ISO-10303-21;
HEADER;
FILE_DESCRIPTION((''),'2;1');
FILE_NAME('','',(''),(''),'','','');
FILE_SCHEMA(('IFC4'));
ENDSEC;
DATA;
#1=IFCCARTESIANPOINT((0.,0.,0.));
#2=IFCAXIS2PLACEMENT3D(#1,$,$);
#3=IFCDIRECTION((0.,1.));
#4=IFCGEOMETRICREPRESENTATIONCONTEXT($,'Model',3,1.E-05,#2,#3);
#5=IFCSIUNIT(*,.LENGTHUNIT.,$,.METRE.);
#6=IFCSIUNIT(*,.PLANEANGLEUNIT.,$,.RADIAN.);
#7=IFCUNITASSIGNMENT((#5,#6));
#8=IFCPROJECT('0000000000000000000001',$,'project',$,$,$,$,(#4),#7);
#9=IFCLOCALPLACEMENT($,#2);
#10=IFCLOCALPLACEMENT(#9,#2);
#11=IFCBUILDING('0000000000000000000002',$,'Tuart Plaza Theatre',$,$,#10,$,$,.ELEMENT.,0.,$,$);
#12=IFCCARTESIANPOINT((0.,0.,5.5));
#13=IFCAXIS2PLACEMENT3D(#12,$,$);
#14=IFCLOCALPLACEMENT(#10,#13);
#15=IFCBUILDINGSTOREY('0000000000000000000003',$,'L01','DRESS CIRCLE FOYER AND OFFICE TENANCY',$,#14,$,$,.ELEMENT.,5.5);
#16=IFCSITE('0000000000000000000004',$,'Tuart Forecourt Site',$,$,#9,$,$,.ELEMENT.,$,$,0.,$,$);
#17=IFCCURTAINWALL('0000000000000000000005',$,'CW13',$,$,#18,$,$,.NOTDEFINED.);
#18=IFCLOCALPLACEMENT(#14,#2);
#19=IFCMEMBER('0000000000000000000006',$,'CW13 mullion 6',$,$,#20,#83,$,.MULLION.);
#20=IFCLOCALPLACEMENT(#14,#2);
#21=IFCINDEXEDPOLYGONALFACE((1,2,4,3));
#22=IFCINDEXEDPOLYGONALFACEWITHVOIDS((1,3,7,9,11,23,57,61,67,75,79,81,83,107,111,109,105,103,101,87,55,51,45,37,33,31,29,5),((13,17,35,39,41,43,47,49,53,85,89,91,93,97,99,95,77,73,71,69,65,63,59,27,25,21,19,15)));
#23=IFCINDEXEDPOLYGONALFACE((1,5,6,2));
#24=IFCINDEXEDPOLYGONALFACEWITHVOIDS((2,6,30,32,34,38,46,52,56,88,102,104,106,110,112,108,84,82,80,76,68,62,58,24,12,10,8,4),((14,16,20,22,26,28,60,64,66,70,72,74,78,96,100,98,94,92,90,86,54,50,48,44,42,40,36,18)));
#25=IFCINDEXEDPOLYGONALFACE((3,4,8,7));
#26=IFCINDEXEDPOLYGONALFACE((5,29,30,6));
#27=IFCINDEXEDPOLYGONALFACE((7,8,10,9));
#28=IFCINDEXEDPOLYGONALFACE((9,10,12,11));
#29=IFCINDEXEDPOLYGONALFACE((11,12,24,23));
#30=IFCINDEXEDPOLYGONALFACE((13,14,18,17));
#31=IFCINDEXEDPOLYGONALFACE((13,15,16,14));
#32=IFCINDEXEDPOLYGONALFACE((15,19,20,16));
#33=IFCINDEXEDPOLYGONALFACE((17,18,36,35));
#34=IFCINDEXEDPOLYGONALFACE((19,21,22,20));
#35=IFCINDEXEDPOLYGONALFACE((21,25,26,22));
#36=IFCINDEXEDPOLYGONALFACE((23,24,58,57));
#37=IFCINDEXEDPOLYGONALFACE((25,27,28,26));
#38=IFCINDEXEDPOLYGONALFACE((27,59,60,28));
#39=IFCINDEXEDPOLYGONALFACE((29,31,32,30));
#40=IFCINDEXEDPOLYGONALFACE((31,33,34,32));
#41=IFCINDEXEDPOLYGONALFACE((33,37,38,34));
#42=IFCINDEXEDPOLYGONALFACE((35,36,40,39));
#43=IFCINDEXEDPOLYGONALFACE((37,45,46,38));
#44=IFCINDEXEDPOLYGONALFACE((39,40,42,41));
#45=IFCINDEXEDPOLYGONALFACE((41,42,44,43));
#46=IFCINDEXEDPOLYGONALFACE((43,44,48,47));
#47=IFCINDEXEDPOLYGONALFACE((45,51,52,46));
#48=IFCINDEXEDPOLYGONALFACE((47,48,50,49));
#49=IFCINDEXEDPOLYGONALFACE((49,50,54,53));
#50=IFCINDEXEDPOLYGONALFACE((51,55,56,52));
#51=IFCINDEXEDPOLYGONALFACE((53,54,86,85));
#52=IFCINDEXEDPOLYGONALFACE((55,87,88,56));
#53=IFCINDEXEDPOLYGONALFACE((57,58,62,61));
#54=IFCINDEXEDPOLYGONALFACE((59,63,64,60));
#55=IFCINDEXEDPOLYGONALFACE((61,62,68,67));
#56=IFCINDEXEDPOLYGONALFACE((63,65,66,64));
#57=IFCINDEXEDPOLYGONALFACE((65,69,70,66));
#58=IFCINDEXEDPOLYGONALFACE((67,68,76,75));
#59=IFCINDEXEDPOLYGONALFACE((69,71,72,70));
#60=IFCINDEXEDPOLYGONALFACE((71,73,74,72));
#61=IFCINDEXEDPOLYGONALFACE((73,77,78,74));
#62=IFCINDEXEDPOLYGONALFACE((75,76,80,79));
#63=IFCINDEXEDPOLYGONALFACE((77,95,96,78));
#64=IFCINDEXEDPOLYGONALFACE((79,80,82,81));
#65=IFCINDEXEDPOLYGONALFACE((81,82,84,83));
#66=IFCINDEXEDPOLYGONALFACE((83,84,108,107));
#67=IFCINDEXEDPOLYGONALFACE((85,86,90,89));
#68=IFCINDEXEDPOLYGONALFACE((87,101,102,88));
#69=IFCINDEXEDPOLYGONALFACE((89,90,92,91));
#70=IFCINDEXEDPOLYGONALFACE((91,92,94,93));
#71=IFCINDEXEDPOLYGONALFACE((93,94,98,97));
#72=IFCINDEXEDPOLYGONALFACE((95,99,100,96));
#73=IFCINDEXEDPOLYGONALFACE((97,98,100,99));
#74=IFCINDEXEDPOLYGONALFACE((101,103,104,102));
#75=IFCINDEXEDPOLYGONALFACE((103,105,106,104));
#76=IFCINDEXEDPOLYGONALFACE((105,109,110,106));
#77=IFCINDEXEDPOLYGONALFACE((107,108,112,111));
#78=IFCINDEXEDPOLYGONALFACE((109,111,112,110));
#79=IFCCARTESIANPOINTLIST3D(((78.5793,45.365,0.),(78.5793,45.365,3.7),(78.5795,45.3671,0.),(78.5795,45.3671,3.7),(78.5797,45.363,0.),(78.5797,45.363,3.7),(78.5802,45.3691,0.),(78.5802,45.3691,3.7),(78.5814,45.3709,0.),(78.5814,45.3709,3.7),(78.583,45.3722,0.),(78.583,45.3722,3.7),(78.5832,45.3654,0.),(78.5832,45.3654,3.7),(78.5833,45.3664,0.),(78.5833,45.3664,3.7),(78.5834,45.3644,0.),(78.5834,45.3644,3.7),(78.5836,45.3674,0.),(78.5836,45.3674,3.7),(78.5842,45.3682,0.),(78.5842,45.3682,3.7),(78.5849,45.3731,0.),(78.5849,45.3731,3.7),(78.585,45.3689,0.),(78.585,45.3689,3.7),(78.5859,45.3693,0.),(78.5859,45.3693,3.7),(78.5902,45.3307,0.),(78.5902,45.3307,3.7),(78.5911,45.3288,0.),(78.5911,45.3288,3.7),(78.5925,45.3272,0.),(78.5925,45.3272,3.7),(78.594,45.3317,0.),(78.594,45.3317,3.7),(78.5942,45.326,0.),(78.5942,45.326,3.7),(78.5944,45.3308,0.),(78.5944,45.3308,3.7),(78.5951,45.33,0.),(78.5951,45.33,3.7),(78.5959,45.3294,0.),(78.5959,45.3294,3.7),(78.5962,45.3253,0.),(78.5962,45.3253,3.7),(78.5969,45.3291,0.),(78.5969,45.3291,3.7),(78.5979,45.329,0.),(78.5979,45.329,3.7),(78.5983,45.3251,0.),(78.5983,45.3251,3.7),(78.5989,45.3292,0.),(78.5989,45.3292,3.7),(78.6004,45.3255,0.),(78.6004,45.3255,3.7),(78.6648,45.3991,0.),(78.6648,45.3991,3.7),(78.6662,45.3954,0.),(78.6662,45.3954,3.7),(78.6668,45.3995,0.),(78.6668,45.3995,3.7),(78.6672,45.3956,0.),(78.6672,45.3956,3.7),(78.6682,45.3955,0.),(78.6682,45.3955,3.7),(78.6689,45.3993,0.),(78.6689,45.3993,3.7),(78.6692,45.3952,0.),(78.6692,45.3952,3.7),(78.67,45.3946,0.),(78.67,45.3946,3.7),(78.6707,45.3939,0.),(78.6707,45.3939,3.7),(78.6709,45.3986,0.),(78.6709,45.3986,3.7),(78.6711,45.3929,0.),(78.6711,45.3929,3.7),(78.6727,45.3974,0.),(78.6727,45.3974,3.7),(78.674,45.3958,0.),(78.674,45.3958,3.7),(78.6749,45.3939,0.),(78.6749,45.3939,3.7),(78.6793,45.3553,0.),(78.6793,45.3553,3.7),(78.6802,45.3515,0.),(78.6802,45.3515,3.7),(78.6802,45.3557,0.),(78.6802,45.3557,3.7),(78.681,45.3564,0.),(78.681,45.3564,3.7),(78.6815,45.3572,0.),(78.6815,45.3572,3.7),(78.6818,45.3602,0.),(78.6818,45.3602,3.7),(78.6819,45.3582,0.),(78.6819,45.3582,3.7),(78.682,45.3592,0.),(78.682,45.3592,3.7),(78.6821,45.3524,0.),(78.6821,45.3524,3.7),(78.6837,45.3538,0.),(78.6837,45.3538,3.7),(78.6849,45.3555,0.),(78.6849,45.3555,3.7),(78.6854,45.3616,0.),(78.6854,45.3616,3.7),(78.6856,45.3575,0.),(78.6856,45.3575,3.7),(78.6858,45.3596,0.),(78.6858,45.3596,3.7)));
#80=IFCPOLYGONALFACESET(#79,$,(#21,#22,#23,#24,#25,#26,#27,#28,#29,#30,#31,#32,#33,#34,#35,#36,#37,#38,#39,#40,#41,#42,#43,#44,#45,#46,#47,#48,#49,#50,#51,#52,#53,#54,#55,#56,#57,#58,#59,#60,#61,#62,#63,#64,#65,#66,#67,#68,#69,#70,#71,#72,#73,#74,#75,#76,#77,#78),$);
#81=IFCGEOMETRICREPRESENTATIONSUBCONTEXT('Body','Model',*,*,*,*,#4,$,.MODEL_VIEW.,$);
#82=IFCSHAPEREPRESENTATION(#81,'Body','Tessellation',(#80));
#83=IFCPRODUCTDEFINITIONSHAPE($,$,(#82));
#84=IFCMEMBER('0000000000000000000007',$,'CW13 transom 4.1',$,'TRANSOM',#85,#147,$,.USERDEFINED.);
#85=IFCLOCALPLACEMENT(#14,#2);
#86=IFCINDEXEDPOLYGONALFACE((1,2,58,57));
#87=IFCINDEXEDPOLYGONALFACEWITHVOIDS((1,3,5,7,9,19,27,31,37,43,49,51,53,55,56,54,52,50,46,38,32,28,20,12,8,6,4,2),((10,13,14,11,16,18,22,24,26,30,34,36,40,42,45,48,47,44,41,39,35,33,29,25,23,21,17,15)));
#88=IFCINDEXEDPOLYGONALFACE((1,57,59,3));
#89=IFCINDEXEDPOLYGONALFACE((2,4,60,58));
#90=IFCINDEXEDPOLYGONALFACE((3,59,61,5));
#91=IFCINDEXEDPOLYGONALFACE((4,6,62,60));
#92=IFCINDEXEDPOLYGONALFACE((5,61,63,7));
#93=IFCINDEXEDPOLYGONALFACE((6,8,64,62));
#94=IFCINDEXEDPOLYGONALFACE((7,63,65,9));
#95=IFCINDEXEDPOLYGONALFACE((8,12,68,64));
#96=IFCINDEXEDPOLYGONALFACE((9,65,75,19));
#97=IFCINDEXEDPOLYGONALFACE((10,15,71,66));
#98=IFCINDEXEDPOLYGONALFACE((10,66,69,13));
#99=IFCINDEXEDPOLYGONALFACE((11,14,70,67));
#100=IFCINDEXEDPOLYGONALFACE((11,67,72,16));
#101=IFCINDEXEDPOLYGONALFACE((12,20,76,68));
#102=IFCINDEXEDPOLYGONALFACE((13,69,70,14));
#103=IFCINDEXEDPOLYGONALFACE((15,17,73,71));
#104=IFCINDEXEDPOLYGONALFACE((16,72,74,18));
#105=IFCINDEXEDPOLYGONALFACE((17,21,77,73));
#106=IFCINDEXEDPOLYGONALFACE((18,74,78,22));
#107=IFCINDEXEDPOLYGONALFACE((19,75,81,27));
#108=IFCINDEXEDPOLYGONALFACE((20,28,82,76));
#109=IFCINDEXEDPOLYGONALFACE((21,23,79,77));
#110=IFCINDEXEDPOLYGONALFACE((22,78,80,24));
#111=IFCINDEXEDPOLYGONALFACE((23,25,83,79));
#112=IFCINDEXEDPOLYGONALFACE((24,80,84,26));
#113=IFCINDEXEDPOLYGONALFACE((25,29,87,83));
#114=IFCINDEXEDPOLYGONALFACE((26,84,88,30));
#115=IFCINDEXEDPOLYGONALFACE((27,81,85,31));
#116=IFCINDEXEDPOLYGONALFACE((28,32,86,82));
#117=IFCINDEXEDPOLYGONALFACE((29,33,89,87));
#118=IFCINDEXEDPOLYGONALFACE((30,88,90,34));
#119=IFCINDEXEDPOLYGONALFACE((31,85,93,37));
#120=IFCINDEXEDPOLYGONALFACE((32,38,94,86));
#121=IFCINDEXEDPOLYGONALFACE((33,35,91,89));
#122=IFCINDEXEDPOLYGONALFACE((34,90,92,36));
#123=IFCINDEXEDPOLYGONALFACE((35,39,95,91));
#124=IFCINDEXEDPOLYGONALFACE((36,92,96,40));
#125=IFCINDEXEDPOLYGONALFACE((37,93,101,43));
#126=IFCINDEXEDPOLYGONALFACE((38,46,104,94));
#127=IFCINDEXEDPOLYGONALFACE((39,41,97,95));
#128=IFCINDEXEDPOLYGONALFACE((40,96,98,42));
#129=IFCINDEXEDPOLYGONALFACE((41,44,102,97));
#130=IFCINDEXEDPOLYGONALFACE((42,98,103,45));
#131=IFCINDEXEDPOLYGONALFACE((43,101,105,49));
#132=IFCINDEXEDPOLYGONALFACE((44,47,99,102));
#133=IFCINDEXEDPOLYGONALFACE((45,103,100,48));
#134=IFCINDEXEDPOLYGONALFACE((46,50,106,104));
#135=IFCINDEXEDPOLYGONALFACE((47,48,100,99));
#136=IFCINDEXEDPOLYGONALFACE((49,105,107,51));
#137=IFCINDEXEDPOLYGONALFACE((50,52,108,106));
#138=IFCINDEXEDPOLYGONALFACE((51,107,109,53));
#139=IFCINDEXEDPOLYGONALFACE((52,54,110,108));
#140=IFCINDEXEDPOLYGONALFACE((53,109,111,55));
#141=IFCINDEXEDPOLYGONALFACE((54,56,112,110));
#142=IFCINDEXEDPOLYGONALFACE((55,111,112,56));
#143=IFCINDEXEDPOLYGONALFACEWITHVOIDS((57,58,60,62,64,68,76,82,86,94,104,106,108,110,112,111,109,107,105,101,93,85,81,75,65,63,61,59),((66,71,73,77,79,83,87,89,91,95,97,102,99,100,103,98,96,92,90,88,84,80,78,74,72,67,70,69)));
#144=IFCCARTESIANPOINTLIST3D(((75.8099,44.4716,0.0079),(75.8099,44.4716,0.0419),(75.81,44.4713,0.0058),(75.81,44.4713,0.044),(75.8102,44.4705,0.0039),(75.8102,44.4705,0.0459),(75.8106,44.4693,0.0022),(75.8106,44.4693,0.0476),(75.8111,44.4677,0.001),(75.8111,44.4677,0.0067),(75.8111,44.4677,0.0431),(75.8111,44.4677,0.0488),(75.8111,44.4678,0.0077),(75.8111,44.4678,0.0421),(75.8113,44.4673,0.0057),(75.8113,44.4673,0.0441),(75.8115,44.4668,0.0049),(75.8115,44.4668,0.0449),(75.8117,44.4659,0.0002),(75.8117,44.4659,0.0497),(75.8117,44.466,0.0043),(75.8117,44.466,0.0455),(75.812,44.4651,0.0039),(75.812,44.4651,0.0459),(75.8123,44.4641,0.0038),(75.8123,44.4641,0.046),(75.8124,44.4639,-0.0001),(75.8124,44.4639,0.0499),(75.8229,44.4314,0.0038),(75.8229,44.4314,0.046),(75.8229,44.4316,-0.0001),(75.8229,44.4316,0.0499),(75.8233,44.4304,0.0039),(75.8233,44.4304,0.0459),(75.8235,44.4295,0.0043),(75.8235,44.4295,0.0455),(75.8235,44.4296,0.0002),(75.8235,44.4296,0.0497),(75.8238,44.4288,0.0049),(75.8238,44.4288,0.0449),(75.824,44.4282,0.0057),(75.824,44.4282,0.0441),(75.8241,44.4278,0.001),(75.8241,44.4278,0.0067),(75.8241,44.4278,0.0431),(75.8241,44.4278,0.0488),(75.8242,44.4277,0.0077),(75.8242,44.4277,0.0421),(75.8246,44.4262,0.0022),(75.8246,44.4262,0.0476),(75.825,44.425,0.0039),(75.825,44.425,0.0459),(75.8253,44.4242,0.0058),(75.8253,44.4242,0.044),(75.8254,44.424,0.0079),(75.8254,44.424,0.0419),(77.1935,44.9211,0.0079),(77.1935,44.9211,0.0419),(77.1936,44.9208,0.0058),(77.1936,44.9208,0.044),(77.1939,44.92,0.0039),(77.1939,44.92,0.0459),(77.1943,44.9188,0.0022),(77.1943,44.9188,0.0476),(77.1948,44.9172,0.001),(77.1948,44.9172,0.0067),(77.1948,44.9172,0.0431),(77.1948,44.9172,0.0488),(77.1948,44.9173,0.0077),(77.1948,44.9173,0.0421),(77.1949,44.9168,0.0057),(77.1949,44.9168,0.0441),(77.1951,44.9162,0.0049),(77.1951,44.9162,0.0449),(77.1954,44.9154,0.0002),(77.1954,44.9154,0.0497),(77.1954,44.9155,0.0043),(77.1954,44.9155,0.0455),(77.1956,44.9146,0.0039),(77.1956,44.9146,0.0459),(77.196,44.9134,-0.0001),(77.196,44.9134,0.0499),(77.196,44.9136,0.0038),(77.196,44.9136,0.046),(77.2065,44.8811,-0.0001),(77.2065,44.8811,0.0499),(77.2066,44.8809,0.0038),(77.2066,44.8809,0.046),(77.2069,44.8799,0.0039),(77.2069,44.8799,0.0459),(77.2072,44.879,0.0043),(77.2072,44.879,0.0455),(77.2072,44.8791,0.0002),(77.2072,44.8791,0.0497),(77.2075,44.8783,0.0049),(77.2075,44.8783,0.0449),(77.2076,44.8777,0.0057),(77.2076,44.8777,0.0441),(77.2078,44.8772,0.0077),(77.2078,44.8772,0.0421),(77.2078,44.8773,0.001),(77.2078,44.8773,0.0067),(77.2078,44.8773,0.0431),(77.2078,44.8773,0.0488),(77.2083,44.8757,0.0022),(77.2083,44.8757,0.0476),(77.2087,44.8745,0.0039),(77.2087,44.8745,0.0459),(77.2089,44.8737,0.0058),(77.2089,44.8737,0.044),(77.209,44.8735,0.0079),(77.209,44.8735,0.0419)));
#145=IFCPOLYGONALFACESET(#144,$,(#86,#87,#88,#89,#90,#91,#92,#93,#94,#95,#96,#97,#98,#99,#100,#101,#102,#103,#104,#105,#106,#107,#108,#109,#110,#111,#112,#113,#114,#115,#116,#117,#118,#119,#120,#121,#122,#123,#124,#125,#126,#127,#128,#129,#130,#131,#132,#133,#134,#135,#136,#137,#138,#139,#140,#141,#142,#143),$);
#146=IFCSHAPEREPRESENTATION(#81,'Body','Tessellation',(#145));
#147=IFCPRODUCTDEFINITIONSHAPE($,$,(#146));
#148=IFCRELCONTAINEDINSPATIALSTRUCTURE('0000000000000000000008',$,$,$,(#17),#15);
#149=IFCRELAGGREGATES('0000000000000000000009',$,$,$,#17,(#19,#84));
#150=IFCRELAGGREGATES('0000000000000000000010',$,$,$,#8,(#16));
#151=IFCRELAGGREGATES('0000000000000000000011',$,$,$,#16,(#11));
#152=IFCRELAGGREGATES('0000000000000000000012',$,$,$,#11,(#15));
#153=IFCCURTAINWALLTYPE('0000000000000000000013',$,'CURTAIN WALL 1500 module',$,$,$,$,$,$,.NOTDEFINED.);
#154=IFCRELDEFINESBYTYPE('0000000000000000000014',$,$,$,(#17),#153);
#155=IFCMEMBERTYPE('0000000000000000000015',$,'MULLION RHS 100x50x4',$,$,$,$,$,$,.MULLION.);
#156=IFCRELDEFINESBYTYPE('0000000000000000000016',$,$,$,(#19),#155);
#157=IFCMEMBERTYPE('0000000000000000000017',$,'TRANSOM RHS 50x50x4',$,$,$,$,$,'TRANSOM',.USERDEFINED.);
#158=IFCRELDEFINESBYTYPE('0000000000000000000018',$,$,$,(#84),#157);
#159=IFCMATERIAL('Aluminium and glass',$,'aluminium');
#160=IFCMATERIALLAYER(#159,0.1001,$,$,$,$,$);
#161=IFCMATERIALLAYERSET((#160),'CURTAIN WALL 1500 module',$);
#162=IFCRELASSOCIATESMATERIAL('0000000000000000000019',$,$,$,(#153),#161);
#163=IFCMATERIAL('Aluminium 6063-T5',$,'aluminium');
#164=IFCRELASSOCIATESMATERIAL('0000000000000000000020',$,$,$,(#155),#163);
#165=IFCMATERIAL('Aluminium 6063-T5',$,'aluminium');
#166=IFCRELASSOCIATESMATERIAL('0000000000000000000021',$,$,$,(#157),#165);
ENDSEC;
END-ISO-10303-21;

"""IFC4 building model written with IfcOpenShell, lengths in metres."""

from ifc_helpers import new_model, si_unit, direction, frame, origin, origin_2d, place, context, subcontext, project, spatial, hollow_rectangle, extrude, material, layer, layer_set, material_profile, profile_set, type_object, element, aggregate, save


model = new_model("IFC4")

# Units and contexts
model_context = context("Model", 3, precision=1e-05, world=origin(), true_north=direction((0.0, 1.0)))
body_context = subcontext(model_context, "Body", "Model", "MODEL_VIEW")
ifc_project = project(units=[si_unit("LENGTHUNIT", "METRE"), si_unit("PLANEANGLEUNIT", "RADIAN")], contexts=[model_context])

# Site, building, storey
site_placement = place(None, origin())
site = spatial("IfcSite", under=ifc_project, at=site_placement, Name="Tuart Forecourt Site", CompositionType="ELEMENT", RefElevation=0.0)
building_placement = place(site_placement, origin())
building = spatial("IfcBuilding", under=site, at=building_placement, Name="Tuart Plaza Theatre", CompositionType="ELEMENT", ElevationOfRefHeight=0.0)
storey_placement = place(building_placement, frame((0.0, 0.0, 5.5)))
storey = spatial("IfcBuildingStorey", under=building, at=storey_placement, Name="L01", Description="DRESS CIRCLE FOYER AND OFFICE TENANCY", CompositionType="ELEMENT", Elevation=5.5)

# Curtain wall, members
ifc_material_1 = material(Name="Aluminium and glass", Category="aluminium")
ifc_layer_1 = layer(ifc_material_1, 0.1001)
ifc_layer_set_1 = layer_set([ifc_layer_1], Name="CURTAIN WALL 1500 module")
curtain_wall_type = type_object("IfcCurtainWallType", Name="CURTAIN WALL 1500 module", PredefinedType="NOTDEFINED", material=ifc_layer_set_1)
curtain_wall_placement = place(storey_placement, origin())
curtain_wall = element("IfcCurtainWall", 1, at=curtain_wall_placement, inside=storey, type_object=curtain_wall_type, Name="CW13", PredefinedType="NOTDEFINED")
ifc_material_2 = material(Name="Aluminium 6063-T5", Category="aluminium")
ifc_material_profile_1 = material_profile(ifc_material_2, hollow_rectangle(XDim=0.05, YDim=0.1001, WallThickness=0.0039, InnerFilletRadius=0.0039, OuterFilletRadius=0.0081, at=origin_2d()), Name="RHS 100x50x4")
ifc_profile_set_1 = profile_set([ifc_material_profile_1], Name="Aluminium 6063-T5")
member_type_1 = type_object("IfcMemberType", Name="MULLION RHS 100x50x4", PredefinedType="MULLION", material=ifc_profile_set_1)
member_1_placement = place(storey_placement, frame((78.6326, 45.3623, 0.0), z_axis=(0.0, 0.0, 1.0), x_axis=(-0.308986, 0.951067, 0.0)))
member_1 = element("IfcMember", 2, at=member_1_placement, type_object=member_type_1, Name="CW13 mullion 6", PredefinedType="MULLION", context=body_context, shape_type="SweptSolid", body=[
    extrude(hollow_rectangle(XDim=0.05, YDim=0.1001, WallThickness=0.0039, InnerFilletRadius=0.0039, OuterFilletRadius=0.0081, at=origin_2d()), origin(), (0.0, 0.0, 1.0), 3.7),
])
ifc_material_3 = material(Name="Aluminium 6063-T5", Category="aluminium")
ifc_material_profile_2 = material_profile(ifc_material_3, hollow_rectangle(XDim=0.05, YDim=0.05, WallThickness=0.0039, InnerFilletRadius=0.0039, OuterFilletRadius=0.0081, at=origin_2d()), Name="RHS 50x50x4")
ifc_profile_set_2 = profile_set([ifc_material_profile_2], Name="Aluminium 6063-T5")
member_type_2 = type_object("IfcMemberType", Name="TRANSOM RHS 50x50x4", ElementType="TRANSOM", PredefinedType="USERDEFINED", material=ifc_profile_set_2)
member_2_placement = place(storey_placement, frame((75.8176, 44.4478, 0.0249), z_axis=(0.951072, 0.308968, 0.0), x_axis=(-0.308968, 0.951072, 0.0)))
member_2 = element("IfcMember", 3, at=member_2_placement, type_object=member_type_2, Name="CW13 transom 4.1", ObjectType="TRANSOM", PredefinedType="USERDEFINED", context=body_context, shape_type="SweptSolid", body=[
    extrude(hollow_rectangle(XDim=0.05, YDim=0.05, WallThickness=0.0039, InnerFilletRadius=0.0039, OuterFilletRadius=0.0081, at=origin_2d()), origin(), (0.0, 0.0, 1.0), 1.4548),
])
aggregate(curtain_wall, [member_1, member_2])

save(model, "model.ifc")
